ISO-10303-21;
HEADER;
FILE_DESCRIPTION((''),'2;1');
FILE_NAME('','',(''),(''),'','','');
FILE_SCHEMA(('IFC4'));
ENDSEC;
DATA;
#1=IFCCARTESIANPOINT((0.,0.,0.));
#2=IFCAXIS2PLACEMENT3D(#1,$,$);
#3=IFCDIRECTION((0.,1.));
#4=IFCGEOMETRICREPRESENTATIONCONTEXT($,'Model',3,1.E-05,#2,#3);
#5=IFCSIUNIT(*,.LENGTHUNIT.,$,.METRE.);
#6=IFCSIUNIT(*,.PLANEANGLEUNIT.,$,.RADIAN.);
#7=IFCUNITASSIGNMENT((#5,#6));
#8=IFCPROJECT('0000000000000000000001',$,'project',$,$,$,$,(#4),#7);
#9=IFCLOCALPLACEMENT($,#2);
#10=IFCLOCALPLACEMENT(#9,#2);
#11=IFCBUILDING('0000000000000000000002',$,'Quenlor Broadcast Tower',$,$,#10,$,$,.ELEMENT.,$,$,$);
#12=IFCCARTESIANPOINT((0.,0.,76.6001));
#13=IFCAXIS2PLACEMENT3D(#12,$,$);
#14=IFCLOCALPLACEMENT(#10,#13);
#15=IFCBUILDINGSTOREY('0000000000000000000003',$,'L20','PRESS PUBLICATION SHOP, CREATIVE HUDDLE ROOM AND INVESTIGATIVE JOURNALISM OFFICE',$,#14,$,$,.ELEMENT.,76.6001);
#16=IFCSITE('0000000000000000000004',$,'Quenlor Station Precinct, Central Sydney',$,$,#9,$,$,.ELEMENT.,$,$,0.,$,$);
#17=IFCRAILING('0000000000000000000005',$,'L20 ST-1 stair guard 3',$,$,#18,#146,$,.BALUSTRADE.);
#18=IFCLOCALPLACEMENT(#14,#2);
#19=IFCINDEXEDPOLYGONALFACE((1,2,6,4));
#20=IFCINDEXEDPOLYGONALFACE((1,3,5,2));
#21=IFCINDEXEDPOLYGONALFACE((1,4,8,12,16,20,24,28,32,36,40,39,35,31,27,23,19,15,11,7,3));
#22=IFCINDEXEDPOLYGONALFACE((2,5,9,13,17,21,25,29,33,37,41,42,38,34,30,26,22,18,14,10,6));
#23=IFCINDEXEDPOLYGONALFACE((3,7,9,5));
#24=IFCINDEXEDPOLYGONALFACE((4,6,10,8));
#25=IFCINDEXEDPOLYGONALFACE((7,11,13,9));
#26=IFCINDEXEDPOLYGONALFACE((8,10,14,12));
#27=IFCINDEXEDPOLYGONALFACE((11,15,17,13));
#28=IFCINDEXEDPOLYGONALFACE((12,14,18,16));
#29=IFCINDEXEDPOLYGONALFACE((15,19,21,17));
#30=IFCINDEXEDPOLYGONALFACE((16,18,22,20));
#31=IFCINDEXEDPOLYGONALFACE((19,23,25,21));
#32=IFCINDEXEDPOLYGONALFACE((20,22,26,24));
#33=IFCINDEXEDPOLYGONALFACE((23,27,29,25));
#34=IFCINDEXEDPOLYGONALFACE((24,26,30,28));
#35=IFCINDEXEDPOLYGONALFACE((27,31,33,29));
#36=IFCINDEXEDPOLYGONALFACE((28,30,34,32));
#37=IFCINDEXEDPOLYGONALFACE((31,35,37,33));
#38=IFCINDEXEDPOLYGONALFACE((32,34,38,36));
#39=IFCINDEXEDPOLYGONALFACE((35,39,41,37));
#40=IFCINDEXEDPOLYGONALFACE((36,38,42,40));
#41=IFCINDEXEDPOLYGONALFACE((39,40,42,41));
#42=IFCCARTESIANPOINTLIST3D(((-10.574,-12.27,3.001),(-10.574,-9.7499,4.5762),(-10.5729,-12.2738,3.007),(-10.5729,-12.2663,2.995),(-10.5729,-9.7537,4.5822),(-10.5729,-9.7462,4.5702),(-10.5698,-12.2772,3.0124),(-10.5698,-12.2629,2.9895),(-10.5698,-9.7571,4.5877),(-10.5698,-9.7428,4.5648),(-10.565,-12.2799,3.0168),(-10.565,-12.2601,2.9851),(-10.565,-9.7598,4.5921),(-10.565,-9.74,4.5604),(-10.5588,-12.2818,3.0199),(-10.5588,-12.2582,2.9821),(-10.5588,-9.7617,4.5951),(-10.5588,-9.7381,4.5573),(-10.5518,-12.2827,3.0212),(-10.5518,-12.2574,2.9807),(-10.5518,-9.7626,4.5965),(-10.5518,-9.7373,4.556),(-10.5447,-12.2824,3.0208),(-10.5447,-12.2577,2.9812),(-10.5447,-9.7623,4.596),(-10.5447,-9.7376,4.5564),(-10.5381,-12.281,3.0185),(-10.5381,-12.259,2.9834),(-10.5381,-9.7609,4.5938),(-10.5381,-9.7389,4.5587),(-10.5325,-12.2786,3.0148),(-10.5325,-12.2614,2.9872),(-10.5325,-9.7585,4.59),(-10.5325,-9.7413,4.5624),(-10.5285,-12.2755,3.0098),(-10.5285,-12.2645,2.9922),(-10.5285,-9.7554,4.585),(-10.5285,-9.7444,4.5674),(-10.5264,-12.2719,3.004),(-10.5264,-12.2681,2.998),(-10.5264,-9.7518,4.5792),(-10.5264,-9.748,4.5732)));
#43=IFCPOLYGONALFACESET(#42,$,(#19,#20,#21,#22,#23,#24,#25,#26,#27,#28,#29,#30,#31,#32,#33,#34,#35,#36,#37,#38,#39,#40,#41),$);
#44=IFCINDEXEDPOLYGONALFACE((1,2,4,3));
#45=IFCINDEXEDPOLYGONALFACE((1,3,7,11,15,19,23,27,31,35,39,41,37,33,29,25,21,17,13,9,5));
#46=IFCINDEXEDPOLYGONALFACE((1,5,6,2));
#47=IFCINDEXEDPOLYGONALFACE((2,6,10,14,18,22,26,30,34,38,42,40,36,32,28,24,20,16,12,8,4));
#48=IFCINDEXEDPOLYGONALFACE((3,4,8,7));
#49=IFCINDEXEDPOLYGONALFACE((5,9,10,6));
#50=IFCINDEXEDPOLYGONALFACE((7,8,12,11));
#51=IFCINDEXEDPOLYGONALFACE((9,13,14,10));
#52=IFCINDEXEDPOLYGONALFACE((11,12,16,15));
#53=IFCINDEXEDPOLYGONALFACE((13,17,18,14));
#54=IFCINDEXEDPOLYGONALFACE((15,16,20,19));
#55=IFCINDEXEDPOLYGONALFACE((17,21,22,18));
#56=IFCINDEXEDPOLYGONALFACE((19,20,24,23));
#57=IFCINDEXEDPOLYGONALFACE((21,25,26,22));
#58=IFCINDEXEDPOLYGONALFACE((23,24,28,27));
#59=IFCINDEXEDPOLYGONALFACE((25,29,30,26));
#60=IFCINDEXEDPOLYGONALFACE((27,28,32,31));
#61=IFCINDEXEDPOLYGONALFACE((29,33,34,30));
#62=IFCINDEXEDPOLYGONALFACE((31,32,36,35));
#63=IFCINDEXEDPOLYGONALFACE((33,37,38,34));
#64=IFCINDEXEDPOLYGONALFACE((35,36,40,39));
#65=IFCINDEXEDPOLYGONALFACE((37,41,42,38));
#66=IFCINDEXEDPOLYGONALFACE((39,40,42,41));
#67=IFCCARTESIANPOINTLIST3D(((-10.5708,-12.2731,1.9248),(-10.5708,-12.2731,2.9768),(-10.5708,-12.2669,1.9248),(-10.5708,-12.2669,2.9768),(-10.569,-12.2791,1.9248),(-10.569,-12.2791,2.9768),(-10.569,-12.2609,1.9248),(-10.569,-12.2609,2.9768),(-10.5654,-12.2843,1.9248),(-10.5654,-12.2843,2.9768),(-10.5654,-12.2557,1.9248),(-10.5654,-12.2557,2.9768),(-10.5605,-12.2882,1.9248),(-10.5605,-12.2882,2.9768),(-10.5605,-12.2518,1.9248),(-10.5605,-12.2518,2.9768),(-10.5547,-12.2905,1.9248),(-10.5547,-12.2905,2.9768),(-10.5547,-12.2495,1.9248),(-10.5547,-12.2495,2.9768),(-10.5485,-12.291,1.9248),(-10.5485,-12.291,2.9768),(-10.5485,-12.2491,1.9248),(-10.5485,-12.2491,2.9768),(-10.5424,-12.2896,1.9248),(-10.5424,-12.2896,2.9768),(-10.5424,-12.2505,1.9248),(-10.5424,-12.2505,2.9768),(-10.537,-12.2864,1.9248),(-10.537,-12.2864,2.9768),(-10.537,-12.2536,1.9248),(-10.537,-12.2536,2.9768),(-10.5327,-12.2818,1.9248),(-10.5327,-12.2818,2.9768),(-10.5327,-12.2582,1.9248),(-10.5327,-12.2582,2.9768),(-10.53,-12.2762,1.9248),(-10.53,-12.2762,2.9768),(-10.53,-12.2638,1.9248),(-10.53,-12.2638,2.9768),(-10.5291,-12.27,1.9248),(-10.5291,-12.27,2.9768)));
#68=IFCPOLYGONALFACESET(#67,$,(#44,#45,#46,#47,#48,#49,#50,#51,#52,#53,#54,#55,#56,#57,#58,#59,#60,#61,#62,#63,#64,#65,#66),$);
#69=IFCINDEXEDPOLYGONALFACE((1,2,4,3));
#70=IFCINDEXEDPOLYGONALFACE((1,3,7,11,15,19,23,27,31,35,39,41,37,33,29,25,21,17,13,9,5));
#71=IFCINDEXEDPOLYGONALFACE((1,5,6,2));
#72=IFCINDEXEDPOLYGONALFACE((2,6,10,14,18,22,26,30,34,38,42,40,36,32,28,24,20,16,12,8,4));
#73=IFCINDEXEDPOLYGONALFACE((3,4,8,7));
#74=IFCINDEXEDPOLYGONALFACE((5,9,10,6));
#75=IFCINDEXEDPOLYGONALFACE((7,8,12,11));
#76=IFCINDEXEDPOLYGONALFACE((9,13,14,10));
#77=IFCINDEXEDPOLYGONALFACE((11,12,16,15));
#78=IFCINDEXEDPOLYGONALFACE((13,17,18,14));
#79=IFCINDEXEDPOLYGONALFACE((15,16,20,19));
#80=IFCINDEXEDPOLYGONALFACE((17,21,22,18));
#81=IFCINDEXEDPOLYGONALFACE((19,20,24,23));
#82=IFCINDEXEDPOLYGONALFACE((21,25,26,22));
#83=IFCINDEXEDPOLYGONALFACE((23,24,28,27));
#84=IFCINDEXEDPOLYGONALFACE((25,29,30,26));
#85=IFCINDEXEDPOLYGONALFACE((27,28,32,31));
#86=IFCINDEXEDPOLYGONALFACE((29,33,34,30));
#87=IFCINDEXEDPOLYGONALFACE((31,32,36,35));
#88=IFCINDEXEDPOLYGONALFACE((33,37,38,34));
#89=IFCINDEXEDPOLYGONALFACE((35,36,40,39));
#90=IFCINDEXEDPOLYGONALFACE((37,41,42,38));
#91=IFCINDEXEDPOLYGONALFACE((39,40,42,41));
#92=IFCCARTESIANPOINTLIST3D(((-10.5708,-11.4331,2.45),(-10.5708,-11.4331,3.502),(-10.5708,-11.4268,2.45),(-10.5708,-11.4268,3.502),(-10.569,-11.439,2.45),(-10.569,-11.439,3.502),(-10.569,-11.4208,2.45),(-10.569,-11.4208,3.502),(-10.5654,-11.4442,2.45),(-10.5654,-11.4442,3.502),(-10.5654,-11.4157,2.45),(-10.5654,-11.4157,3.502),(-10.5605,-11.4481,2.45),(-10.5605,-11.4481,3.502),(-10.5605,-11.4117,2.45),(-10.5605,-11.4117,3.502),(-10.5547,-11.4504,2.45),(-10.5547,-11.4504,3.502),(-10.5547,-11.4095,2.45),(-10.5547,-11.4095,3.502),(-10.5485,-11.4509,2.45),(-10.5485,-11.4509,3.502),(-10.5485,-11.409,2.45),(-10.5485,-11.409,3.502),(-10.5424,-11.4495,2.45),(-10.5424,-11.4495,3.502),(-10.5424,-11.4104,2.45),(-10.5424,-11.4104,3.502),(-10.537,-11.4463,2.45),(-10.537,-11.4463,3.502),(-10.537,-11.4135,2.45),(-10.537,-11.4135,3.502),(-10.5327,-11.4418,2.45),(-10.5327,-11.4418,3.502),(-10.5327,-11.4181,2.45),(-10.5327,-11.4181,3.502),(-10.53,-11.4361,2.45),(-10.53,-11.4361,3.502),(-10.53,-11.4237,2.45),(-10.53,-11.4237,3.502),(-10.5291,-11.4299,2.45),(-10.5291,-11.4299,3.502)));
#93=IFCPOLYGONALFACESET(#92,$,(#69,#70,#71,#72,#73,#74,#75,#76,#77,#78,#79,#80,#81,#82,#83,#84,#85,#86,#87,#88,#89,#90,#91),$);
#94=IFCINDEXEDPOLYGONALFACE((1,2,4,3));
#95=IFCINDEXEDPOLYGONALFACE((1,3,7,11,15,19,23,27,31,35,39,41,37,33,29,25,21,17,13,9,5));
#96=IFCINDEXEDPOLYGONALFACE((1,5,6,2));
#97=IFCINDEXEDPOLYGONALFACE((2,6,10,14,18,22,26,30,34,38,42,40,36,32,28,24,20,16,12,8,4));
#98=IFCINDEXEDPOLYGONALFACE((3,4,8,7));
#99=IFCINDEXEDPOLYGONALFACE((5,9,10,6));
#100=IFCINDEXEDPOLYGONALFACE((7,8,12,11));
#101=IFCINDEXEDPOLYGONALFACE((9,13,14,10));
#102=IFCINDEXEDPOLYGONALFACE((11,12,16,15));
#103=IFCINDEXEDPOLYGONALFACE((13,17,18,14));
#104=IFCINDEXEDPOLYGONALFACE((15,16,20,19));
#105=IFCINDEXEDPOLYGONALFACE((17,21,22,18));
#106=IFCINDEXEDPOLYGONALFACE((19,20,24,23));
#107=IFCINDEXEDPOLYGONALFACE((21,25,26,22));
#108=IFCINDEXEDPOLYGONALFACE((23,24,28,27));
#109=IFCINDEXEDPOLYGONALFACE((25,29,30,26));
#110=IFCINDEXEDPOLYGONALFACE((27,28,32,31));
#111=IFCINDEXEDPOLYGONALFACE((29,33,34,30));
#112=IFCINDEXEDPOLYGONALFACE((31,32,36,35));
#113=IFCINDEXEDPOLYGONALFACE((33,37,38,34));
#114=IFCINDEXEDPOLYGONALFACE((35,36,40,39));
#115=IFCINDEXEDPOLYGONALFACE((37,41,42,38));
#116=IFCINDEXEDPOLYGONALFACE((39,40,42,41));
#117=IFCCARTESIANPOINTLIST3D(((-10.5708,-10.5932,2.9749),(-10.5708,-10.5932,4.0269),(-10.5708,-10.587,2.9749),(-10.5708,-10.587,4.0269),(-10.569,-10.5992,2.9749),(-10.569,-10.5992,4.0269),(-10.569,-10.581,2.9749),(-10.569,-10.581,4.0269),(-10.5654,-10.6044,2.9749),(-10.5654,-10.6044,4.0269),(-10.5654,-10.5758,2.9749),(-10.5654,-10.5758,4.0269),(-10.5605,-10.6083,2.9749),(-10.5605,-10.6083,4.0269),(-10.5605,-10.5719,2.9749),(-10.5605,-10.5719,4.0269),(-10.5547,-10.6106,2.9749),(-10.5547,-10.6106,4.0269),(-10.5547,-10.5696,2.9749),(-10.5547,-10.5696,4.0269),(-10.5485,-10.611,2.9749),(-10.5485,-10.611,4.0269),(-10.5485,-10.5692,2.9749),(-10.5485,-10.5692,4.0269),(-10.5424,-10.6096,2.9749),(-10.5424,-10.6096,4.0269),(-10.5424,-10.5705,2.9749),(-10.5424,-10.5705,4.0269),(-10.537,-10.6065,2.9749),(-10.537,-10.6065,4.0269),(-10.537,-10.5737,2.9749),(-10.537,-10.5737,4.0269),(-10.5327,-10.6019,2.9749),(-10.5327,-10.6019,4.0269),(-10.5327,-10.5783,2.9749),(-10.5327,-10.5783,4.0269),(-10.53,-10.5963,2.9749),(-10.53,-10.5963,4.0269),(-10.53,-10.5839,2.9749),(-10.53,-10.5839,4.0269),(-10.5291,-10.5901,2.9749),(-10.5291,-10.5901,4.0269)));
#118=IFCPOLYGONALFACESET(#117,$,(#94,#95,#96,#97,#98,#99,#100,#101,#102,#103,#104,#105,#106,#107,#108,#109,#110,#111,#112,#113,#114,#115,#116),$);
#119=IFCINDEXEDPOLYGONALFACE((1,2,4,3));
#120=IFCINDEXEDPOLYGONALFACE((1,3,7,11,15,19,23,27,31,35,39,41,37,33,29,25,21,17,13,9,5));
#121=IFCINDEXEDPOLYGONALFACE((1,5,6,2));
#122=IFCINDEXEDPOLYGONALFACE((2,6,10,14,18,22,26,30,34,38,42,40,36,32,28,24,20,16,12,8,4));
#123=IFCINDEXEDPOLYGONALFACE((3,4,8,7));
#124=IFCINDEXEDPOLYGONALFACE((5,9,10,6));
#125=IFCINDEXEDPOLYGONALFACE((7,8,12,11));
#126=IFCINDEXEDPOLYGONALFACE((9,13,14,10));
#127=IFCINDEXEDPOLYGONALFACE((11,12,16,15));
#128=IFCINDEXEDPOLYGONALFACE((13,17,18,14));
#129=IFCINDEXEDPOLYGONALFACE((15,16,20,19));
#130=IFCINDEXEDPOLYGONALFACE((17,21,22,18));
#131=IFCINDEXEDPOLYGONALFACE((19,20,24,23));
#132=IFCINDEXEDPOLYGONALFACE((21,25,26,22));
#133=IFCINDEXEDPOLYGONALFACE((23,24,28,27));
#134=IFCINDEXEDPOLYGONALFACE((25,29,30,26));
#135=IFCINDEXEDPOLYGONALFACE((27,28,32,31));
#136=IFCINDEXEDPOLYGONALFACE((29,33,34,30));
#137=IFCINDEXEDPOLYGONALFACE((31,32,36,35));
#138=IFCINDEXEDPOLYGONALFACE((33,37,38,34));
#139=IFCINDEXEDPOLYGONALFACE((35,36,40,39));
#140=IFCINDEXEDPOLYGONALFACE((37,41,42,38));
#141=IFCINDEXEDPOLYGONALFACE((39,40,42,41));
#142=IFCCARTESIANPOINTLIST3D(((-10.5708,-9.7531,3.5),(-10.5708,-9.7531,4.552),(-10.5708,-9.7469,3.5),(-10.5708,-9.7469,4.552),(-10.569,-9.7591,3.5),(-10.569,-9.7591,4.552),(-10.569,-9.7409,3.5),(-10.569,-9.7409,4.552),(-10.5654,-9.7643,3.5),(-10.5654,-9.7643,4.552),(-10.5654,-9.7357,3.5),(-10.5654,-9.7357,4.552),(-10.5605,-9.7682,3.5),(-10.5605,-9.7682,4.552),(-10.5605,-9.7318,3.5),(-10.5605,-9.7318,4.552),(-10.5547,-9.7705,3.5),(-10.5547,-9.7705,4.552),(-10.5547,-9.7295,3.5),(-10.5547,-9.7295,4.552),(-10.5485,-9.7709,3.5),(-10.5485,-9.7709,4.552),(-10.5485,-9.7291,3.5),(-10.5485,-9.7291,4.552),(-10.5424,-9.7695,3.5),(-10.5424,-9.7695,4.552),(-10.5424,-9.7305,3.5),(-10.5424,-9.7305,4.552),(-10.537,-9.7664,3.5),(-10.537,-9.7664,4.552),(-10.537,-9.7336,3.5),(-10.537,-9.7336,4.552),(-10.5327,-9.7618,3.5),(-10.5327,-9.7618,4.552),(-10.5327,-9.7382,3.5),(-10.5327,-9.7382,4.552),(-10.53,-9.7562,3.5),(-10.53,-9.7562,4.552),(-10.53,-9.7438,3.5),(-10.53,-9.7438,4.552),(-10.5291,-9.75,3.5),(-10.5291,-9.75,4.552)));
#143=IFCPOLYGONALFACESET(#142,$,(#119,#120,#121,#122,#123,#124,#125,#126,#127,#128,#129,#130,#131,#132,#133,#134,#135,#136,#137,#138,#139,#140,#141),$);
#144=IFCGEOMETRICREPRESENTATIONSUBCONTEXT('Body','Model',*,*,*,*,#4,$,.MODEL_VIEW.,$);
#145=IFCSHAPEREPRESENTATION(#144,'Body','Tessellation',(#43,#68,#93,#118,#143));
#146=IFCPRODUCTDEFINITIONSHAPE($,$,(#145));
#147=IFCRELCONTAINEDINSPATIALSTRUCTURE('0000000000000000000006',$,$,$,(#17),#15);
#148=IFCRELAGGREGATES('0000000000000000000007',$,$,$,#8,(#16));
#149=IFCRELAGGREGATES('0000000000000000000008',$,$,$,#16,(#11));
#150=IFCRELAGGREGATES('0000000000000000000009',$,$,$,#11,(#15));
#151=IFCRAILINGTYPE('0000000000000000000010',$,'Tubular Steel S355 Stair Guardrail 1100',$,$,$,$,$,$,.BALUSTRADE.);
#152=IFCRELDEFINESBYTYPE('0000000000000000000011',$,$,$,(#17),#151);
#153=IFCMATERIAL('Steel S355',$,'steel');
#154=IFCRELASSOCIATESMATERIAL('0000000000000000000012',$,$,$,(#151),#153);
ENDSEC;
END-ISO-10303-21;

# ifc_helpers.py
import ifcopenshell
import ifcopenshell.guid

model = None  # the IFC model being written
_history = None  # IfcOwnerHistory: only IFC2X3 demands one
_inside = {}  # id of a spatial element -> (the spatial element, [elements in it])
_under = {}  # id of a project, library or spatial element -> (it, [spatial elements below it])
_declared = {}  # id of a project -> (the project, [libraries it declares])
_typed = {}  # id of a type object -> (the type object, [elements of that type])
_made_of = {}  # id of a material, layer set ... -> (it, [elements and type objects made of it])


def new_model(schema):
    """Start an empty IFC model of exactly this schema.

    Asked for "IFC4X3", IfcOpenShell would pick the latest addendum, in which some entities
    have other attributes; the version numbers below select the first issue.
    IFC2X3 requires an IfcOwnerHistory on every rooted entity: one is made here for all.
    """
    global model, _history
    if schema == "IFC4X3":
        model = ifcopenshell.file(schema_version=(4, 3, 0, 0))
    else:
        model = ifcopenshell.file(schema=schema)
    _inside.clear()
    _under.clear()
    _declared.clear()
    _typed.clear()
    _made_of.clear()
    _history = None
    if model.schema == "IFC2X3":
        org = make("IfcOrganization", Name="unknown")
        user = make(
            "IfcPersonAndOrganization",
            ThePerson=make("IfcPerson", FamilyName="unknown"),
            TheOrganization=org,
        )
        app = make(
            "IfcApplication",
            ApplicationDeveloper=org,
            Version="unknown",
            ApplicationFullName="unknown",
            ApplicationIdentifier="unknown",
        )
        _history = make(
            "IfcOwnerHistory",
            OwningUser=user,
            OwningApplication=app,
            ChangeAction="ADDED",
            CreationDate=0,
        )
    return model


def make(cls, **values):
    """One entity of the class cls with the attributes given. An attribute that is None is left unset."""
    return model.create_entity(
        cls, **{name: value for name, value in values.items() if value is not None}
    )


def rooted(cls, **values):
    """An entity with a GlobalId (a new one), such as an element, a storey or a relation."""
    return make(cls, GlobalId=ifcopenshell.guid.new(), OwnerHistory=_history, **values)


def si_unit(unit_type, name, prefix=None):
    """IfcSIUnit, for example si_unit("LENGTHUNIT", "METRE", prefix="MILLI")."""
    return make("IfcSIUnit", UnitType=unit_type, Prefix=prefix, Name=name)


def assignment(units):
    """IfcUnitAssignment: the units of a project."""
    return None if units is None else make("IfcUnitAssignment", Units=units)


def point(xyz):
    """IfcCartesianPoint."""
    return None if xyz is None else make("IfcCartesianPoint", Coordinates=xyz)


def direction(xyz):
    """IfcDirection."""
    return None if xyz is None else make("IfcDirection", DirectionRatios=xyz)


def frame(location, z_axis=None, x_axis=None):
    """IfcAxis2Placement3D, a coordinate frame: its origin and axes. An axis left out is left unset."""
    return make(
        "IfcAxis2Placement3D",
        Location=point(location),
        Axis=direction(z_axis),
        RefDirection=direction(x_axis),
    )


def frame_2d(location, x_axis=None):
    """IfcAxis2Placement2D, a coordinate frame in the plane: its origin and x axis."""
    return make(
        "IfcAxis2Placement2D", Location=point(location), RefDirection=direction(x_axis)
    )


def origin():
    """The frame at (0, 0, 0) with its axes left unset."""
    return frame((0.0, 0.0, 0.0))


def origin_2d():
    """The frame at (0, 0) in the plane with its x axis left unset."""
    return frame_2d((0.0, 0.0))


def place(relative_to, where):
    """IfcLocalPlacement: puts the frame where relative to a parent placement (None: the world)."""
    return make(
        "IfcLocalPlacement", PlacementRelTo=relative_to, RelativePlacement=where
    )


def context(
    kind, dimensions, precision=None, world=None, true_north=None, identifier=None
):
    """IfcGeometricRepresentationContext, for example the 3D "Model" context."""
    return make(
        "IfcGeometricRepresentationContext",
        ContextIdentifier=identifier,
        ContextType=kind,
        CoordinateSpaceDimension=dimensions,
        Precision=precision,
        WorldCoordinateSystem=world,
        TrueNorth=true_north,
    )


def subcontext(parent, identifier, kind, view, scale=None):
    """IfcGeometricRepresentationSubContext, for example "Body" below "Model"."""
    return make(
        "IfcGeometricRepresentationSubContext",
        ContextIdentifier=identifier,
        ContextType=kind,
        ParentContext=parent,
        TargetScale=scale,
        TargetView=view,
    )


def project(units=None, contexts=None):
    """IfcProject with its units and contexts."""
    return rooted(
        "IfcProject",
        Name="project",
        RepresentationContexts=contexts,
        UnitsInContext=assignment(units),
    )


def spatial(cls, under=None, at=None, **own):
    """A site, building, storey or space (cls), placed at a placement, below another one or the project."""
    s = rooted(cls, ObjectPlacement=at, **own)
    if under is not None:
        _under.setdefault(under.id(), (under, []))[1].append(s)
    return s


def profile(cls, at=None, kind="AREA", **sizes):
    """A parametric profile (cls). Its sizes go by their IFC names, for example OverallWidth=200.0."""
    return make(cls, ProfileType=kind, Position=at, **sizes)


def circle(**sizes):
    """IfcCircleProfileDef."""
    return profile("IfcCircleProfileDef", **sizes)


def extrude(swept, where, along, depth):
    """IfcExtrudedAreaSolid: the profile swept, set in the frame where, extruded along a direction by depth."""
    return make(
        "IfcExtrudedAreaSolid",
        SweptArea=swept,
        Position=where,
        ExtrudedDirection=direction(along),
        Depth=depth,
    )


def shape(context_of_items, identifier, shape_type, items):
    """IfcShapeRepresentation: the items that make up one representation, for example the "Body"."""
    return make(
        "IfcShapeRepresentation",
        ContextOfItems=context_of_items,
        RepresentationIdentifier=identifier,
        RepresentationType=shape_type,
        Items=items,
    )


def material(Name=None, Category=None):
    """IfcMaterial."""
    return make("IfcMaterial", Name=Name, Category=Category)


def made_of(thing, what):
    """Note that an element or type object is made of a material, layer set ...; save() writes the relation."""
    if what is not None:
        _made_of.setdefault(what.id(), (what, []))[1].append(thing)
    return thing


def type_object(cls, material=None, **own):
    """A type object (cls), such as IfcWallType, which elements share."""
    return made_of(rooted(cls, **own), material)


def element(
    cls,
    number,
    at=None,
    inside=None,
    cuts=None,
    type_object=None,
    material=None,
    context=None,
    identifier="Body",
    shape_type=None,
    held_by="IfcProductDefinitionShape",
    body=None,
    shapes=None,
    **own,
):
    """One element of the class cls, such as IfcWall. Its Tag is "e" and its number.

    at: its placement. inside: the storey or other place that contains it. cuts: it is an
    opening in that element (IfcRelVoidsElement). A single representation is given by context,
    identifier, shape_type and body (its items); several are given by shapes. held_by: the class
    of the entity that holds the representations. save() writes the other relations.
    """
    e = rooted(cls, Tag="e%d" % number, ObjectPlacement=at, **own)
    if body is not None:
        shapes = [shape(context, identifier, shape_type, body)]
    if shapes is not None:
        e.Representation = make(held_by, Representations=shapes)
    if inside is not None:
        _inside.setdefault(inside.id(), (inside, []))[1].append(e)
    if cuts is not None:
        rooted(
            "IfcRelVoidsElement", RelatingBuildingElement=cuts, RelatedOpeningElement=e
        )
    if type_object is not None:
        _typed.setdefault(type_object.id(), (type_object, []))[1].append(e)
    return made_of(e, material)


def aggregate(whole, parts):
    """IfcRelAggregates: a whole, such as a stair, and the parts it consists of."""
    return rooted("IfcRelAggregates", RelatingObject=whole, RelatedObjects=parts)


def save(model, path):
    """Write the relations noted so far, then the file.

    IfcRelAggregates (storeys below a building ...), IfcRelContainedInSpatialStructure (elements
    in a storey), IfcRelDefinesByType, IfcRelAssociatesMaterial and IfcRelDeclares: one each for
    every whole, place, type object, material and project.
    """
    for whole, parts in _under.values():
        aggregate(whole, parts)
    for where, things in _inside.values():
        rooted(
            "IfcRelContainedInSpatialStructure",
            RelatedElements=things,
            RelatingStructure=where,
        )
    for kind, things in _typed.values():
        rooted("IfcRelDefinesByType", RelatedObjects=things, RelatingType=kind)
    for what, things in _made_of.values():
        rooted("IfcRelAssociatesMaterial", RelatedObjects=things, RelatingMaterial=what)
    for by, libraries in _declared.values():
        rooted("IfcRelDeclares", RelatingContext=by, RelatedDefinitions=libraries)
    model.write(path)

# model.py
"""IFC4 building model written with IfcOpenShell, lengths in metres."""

from ifc_helpers import new_model, si_unit, direction, frame, origin, origin_2d, place, context, subcontext, project, spatial, circle, extrude, material, type_object, element, save


model = new_model("IFC4")

# Units and contexts
model_context = context("Model", 3, precision=1e-05, world=origin(), true_north=direction((0.0, 1.0)))
body_context = subcontext(model_context, "Body", "Model", "MODEL_VIEW")
ifc_project = project(units=[si_unit("LENGTHUNIT", "METRE"), si_unit("PLANEANGLEUNIT", "RADIAN")], contexts=[model_context])

# Site, building, storey
site_placement = place(None, origin())
site = spatial("IfcSite", under=ifc_project, at=site_placement, Name="Quenlor Station Precinct, Central Sydney", CompositionType="ELEMENT", RefElevation=0.0)
building_placement = place(site_placement, origin())
building = spatial("IfcBuilding", under=site, at=building_placement, Name="Quenlor Broadcast Tower", CompositionType="ELEMENT")
storey_placement = place(building_placement, frame((0.0, 0.0, 76.6001)))
storey = spatial("IfcBuildingStorey", under=building, at=storey_placement, Name="L20", Description="PRESS PUBLICATION SHOP, CREATIVE HUDDLE ROOM AND INVESTIGATIVE JOURNALISM OFFICE", CompositionType="ELEMENT", Elevation=76.6001)

# Railing
ifc_material_1 = material(Name="Steel S355", Category="steel")
railing_type_1 = type_object("IfcRailingType", Name="Tubular Steel S355 Stair Guardrail 1100", PredefinedType="BALUSTRADE", material=ifc_material_1)
railing_1_placement = place(storey_placement, frame((-10.55, -12.27, 1.9248)))
element("IfcRailing", 1, at=railing_1_placement, inside=storey, type_object=railing_type_1, Name="L20 ST-1 stair guard 3", PredefinedType="BALUSTRADE", context=body_context, shape_type="SweptSolid", body=[
    extrude(circle(Radius=0.0239, at=origin_2d()), frame((0.0, 0.0, 1.0762), z_axis=(0.0, 0.847971, 0.530043), x_axis=(-1.0, 0.0, 0.0)), (0.0, 0.0, 1.0), 2.9719),
    extrude(circle(Radius=0.021, at=origin_2d()), origin(), (0.0, 0.0, 1.0), 1.052),
    extrude(circle(Radius=0.021, at=origin_2d()), frame((0.0, 0.8401, 0.5251)), (0.0, 0.0, 1.0), 1.052),
    extrude(circle(Radius=0.021, at=origin_2d()), frame((0.0, 1.6799, 1.05)), (0.0, 0.0, 1.0), 1.052),
    extrude(circle(Radius=0.021, at=origin_2d()), frame((0.0, 2.52, 1.5752)), (0.0, 0.0, 1.0), 1.052),
])

save(model, "model.ifc")
